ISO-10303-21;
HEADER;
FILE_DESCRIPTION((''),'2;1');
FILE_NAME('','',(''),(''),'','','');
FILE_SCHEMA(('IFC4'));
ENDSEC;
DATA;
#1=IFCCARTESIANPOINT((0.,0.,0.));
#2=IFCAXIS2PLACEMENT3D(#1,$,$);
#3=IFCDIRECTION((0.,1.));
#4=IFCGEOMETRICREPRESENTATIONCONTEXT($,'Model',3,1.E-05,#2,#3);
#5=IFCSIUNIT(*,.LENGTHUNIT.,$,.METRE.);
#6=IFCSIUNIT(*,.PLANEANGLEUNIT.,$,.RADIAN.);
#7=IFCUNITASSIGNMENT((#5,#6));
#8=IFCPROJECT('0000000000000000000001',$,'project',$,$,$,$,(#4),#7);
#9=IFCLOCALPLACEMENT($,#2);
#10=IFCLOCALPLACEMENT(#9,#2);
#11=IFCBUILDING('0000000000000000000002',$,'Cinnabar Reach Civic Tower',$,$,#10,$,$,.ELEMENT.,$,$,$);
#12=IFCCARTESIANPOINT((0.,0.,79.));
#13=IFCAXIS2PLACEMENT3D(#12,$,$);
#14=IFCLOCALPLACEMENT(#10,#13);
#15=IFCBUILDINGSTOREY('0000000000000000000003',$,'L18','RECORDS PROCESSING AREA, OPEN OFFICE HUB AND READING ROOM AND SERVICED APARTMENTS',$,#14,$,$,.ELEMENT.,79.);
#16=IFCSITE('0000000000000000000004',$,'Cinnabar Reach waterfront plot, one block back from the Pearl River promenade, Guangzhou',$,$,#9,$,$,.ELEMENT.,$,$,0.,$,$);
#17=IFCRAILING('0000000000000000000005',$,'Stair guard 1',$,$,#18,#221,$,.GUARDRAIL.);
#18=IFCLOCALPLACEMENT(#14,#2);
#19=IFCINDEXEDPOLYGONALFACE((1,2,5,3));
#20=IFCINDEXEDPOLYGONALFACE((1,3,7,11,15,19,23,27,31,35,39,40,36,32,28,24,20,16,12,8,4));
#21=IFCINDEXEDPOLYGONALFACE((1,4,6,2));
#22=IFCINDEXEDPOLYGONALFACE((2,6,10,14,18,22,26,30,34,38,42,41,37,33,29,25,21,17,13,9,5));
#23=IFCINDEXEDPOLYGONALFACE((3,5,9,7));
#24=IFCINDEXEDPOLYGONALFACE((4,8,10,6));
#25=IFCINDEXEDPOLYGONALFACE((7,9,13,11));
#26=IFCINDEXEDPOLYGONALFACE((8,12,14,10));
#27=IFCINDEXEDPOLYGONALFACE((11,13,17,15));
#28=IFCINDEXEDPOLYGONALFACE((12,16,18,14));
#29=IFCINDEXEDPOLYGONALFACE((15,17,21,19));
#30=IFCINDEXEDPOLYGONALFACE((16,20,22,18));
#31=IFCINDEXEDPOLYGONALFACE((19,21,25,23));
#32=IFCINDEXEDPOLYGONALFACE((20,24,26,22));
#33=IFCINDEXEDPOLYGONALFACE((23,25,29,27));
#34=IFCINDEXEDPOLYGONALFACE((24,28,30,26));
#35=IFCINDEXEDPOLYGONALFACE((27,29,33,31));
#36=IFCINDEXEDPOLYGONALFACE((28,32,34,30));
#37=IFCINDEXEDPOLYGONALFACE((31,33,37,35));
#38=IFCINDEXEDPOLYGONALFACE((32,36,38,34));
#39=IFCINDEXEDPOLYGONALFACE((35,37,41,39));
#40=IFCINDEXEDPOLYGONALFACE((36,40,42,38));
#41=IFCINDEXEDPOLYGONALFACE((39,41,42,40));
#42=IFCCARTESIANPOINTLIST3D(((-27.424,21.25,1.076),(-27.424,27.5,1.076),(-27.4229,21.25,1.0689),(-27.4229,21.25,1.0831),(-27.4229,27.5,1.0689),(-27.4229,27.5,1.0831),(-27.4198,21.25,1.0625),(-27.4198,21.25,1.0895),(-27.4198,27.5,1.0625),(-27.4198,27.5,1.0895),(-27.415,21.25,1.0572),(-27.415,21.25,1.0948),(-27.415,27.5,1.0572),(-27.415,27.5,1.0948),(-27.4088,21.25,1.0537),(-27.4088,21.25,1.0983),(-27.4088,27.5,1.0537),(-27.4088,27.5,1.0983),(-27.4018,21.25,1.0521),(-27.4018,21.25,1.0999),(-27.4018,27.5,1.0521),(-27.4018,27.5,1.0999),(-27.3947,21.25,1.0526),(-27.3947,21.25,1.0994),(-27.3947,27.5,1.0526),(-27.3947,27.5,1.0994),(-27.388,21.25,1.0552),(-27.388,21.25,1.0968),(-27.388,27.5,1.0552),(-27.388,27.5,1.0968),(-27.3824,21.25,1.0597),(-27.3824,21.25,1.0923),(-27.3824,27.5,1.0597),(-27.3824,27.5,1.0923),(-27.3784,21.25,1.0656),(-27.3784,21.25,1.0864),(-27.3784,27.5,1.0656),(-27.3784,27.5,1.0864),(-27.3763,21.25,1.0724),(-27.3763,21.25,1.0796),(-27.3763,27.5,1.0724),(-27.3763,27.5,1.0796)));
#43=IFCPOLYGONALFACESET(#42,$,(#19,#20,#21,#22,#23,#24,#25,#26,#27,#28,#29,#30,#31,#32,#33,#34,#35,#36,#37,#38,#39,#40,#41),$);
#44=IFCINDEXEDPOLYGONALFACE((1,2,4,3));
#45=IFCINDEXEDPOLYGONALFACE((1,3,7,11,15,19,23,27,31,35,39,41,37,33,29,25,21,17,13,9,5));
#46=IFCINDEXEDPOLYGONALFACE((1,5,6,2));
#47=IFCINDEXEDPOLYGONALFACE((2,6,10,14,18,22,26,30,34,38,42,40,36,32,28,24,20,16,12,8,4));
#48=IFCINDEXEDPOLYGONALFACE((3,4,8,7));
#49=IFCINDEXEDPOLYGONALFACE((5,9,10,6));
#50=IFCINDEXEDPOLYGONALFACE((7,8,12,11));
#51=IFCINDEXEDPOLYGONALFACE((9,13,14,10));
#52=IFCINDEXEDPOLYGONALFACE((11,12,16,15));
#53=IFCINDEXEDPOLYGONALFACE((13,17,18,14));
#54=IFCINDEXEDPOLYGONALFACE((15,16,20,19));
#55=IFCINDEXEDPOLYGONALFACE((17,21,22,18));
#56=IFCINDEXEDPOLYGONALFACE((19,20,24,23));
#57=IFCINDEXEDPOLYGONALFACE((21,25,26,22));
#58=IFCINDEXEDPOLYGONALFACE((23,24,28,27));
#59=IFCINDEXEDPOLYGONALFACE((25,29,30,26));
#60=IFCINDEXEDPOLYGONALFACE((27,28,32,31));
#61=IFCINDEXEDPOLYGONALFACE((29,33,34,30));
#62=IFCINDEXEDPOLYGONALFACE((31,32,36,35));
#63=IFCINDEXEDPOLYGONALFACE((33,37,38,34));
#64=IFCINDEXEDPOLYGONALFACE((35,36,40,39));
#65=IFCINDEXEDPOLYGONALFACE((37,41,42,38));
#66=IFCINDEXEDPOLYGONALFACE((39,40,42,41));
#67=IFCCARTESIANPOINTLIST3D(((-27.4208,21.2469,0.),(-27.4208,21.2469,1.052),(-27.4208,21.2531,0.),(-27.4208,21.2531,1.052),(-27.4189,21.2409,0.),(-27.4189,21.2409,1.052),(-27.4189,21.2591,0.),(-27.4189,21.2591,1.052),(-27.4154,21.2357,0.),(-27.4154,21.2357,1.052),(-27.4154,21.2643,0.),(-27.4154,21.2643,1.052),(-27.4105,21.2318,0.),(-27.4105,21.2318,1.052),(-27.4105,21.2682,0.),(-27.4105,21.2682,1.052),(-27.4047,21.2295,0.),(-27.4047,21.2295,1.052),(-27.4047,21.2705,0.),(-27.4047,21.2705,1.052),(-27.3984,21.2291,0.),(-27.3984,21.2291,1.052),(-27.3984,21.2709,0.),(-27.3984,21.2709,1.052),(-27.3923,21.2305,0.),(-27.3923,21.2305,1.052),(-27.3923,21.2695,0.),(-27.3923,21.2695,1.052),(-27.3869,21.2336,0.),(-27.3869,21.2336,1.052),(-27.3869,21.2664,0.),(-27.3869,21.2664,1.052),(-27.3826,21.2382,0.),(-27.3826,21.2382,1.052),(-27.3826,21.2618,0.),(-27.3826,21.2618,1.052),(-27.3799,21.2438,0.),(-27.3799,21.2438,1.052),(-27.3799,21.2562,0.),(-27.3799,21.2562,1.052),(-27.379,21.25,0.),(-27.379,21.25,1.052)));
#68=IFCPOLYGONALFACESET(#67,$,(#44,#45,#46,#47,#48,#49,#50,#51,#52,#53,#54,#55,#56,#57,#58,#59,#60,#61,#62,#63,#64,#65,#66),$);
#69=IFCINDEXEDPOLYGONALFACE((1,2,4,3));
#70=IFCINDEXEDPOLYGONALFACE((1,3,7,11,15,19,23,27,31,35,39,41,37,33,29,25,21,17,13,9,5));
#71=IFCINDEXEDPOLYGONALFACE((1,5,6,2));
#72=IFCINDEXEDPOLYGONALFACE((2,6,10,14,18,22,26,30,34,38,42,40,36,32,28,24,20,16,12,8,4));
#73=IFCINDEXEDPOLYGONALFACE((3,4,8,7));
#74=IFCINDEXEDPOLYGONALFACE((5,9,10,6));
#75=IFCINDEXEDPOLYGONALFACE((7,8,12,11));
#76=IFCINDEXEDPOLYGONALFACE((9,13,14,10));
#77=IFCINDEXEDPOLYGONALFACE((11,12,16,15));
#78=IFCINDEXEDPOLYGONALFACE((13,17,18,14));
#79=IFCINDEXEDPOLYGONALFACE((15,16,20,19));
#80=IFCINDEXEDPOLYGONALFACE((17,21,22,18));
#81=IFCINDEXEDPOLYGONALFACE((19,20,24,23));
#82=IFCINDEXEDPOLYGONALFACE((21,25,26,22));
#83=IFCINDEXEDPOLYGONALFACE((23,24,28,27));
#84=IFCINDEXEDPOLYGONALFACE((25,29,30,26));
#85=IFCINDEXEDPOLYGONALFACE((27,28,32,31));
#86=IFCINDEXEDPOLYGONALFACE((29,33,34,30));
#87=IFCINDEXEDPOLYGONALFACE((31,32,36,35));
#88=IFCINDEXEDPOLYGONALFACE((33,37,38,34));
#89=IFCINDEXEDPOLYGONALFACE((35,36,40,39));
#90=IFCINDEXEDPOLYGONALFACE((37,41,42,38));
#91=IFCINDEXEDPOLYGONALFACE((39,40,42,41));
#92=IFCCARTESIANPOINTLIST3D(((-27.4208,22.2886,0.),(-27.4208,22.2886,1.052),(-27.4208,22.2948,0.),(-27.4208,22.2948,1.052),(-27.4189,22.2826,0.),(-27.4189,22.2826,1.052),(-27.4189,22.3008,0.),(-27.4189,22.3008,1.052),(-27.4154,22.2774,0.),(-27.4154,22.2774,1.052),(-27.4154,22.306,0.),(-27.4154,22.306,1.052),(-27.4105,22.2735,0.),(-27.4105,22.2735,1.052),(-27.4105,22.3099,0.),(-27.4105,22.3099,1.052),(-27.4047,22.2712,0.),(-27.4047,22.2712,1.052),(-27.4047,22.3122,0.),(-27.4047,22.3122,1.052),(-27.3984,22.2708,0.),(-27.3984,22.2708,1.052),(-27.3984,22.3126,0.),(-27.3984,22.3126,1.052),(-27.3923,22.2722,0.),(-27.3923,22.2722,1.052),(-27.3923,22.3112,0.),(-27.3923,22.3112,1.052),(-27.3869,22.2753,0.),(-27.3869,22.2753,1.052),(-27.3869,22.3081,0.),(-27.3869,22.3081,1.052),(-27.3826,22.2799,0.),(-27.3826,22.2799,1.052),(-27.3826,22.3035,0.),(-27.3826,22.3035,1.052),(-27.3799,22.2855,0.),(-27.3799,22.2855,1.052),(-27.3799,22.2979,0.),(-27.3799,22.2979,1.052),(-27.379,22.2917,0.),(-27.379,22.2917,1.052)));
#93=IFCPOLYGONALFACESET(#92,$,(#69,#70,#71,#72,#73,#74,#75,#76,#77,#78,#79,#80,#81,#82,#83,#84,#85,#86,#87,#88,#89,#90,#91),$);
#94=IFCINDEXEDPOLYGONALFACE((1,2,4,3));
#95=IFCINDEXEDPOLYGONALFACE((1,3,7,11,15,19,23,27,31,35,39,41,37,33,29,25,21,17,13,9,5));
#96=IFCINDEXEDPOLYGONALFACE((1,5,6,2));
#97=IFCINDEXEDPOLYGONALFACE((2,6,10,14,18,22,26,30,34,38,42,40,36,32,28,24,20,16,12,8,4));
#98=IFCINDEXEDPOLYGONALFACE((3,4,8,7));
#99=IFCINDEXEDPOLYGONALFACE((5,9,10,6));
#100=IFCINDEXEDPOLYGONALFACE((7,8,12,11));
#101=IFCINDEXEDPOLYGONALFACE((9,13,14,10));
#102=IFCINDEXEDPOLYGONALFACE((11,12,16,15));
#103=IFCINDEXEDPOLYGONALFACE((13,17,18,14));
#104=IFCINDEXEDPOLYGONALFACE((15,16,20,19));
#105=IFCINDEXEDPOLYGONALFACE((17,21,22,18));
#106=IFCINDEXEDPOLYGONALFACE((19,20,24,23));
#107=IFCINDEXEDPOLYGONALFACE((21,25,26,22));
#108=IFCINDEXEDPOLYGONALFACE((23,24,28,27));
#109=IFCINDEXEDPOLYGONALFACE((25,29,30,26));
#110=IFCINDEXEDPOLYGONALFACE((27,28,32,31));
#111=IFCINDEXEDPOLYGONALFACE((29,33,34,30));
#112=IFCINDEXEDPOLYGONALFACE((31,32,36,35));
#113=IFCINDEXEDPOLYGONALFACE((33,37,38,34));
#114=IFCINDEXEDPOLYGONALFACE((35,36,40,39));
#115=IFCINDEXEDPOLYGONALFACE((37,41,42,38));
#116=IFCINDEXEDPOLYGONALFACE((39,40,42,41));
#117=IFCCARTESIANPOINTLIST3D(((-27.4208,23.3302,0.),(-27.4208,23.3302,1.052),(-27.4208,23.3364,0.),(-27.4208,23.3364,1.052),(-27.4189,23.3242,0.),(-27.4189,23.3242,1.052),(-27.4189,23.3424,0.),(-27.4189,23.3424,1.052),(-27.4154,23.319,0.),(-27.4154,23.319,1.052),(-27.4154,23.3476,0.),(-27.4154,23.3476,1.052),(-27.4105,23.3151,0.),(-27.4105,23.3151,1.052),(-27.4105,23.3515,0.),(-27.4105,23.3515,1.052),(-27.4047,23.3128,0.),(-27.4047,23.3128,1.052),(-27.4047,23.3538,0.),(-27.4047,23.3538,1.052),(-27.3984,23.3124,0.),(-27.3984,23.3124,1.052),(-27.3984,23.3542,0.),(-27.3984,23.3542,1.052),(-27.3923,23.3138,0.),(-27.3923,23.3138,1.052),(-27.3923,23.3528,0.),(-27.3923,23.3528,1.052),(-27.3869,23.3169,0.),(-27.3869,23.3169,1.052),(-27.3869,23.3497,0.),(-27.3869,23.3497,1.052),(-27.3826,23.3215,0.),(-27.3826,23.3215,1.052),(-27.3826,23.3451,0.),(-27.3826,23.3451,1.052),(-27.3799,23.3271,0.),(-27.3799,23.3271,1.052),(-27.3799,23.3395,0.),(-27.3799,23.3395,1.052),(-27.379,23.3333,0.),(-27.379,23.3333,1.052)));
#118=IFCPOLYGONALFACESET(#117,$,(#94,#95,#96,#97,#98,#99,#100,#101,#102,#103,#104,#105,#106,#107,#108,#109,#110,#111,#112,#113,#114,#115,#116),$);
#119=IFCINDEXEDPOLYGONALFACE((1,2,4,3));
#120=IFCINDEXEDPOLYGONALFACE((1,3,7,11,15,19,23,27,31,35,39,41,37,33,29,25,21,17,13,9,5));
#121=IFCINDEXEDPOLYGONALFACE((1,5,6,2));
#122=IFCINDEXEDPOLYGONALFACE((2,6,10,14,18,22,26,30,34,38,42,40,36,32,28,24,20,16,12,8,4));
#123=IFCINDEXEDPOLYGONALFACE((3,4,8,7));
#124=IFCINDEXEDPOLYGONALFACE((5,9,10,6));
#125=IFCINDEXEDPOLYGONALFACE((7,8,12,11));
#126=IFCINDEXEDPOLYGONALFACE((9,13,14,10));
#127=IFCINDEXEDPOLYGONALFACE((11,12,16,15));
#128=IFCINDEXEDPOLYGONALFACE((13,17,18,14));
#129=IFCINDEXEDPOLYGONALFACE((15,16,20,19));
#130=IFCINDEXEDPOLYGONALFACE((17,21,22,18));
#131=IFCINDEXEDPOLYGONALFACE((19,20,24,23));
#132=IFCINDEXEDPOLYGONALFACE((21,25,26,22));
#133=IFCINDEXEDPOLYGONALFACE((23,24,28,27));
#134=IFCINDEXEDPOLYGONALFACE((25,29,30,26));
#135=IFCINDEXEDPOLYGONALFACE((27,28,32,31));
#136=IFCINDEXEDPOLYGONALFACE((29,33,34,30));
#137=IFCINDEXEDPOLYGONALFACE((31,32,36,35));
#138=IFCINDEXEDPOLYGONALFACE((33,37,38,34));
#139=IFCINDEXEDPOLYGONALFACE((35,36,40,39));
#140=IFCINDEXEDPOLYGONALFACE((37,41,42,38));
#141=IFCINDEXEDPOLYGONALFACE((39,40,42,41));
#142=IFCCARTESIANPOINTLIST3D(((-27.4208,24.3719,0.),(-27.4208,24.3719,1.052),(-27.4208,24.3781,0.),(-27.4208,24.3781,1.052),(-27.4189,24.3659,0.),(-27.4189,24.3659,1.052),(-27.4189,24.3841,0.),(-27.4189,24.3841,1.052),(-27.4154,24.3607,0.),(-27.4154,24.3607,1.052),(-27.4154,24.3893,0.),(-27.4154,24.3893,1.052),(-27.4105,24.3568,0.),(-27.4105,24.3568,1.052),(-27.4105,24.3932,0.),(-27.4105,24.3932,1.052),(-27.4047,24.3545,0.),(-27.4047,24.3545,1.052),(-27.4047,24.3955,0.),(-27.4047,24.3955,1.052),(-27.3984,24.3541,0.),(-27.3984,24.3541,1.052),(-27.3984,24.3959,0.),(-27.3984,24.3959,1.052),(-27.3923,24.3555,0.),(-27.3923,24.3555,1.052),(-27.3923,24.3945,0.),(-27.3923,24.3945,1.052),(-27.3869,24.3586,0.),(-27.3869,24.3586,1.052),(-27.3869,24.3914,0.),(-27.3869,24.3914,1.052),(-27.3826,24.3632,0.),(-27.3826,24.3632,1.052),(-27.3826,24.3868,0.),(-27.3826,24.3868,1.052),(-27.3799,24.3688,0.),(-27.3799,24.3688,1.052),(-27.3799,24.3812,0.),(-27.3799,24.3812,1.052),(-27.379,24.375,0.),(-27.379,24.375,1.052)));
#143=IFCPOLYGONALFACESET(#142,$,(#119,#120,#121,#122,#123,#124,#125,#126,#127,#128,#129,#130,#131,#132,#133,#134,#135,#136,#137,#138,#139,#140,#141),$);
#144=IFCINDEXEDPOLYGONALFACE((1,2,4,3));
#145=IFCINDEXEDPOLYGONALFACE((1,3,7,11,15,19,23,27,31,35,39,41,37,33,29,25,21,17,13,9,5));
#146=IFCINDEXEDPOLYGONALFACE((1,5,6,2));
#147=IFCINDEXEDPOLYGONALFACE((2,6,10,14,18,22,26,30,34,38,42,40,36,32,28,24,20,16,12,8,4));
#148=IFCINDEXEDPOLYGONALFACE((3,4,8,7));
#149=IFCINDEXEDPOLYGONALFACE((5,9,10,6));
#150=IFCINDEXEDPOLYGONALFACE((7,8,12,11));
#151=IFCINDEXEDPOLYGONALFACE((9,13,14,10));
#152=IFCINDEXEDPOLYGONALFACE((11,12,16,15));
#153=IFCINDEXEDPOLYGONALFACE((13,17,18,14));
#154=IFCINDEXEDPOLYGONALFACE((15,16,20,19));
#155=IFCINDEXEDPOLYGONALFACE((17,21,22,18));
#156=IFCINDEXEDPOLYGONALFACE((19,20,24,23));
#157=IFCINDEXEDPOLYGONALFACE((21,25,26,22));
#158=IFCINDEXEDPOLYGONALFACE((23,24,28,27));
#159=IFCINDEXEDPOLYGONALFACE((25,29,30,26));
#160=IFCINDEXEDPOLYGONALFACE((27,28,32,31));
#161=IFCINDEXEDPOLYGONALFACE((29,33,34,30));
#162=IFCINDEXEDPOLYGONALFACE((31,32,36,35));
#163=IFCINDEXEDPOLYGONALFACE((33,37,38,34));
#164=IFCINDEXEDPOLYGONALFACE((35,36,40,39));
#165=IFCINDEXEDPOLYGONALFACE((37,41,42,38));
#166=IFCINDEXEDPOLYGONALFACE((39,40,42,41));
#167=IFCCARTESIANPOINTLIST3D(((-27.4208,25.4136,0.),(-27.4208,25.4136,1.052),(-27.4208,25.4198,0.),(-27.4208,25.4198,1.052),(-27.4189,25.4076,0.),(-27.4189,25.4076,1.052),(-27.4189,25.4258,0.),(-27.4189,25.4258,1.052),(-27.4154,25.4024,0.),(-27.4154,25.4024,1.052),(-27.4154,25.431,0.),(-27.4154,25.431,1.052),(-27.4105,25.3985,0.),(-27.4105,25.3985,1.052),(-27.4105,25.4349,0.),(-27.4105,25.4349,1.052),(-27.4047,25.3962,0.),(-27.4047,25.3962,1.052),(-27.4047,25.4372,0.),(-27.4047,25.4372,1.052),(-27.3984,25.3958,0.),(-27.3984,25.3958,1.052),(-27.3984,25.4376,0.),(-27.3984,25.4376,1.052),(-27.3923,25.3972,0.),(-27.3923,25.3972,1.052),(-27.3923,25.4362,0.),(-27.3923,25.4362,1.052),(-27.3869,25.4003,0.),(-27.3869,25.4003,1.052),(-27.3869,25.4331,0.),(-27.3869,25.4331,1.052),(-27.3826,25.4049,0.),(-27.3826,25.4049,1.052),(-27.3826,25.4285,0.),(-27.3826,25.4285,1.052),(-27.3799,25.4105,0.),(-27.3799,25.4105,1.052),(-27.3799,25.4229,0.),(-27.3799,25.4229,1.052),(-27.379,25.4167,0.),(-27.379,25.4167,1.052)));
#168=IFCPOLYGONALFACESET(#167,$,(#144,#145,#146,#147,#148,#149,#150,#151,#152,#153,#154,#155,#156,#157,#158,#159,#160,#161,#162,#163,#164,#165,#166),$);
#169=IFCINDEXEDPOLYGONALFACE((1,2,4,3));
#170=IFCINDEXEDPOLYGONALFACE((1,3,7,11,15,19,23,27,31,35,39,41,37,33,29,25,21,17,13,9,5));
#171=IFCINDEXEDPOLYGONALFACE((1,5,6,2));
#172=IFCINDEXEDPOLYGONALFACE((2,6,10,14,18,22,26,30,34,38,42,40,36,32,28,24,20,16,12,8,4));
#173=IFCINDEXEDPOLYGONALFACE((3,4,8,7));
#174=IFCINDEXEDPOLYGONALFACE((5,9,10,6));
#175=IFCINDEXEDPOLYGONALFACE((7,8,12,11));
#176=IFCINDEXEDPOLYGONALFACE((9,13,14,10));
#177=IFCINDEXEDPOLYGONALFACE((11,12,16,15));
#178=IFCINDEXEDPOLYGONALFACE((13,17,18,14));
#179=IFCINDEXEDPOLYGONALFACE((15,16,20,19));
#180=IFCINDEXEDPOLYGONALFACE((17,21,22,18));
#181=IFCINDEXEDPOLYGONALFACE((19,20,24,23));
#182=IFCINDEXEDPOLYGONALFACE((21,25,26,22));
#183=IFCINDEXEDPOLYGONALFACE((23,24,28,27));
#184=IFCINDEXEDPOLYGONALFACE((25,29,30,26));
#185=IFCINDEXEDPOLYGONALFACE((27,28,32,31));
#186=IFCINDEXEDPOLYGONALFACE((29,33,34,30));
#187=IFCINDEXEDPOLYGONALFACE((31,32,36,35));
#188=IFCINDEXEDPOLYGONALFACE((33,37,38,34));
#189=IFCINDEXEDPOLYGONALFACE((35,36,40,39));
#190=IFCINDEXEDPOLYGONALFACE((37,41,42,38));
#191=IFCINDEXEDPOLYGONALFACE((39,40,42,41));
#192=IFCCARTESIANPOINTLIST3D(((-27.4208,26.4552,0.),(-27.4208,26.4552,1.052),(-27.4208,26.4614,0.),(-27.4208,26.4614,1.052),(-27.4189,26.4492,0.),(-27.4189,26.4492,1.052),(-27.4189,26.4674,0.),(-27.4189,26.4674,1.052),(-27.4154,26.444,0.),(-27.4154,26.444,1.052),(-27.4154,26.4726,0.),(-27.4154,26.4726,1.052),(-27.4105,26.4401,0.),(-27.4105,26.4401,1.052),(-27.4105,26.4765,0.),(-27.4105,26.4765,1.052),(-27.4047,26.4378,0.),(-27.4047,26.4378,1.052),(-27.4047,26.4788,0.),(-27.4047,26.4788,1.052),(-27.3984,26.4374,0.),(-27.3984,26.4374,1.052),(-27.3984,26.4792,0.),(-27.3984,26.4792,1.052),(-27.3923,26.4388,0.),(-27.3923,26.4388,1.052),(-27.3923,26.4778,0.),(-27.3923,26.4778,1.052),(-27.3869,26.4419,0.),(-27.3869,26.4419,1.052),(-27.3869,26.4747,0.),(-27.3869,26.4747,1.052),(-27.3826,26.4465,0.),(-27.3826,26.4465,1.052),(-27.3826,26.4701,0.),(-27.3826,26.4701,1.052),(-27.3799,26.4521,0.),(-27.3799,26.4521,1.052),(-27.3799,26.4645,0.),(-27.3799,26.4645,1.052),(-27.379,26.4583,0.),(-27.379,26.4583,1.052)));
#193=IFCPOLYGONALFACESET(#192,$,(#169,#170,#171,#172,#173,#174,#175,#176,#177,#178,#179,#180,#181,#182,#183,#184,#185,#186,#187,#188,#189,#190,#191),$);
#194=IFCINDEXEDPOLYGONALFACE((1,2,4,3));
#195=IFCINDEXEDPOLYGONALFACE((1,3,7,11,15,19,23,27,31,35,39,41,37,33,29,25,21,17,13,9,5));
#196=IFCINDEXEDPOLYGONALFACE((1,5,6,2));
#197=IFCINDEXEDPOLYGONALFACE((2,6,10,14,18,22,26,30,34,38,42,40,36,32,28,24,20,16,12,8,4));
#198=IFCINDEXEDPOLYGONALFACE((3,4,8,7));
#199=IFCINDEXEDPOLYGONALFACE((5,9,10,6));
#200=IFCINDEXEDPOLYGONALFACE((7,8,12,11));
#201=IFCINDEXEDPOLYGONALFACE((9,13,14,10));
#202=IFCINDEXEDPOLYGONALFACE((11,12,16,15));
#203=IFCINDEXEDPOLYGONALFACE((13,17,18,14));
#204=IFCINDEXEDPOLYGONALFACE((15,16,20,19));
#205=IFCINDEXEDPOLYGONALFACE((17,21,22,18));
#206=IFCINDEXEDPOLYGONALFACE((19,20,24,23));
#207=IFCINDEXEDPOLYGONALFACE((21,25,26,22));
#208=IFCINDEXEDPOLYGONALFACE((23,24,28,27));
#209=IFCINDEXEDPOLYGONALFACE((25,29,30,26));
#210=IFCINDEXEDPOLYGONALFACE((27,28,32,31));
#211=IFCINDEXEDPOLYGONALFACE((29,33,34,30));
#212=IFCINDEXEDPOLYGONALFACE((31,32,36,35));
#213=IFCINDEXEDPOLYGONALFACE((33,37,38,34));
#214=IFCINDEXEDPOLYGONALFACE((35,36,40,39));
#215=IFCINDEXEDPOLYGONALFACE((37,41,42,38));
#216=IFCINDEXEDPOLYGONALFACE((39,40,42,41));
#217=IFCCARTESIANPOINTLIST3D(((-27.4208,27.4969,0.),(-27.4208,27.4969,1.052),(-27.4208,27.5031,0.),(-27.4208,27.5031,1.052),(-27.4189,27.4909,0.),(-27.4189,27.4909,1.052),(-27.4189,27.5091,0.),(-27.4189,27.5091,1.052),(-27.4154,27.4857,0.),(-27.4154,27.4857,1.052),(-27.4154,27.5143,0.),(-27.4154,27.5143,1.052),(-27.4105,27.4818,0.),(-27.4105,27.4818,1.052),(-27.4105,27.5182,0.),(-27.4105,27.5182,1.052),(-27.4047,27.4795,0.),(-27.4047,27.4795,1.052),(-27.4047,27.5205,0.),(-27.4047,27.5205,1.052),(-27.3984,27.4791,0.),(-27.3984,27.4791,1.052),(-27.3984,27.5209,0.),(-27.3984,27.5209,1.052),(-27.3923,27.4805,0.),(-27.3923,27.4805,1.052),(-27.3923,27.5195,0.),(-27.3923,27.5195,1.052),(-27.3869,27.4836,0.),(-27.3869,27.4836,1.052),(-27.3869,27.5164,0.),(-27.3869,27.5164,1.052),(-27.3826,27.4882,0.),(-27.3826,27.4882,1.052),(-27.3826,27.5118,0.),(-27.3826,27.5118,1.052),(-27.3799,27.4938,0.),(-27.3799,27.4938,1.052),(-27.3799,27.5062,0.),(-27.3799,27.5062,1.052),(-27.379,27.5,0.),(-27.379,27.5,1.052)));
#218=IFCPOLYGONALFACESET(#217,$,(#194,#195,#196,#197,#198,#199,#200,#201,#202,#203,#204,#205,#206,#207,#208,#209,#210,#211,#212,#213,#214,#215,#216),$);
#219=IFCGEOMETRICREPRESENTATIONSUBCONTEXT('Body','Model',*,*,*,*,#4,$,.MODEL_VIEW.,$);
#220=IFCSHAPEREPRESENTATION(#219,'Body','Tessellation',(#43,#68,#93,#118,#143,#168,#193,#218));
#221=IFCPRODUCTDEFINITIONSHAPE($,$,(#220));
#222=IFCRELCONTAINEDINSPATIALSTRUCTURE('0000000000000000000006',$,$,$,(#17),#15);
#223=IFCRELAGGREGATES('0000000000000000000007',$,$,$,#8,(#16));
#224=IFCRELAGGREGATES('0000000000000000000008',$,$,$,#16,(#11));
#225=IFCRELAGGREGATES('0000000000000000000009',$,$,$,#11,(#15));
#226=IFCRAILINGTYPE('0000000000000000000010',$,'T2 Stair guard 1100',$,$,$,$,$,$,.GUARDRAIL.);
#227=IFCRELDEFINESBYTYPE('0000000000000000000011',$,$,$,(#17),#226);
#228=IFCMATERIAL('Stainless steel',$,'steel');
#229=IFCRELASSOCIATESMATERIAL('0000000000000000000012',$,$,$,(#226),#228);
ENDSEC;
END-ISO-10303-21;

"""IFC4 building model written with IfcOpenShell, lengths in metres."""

from ifc_helpers import new_model, si_unit, direction, frame, origin, origin_2d, place, context, subcontext, project, spatial, circle, extrude, material, type_object, element, save


model = new_model("IFC4")

# Units and contexts
model_context = context("Model", 3, precision=1e-05, world=origin(), true_north=direction((0.0, 1.0)))
body_context = subcontext(model_context, "Body", "Model", "MODEL_VIEW")
ifc_project = project(units=[si_unit("LENGTHUNIT", "METRE"), si_unit("PLANEANGLEUNIT", "RADIAN")], contexts=[model_context])

# Site, building, storey
site_placement = place(None, origin())
site = spatial("IfcSite", under=ifc_project, at=site_placement, Name="Cinnabar Reach waterfront plot, one block back from the Pearl River promenade, Guangzhou", CompositionType="ELEMENT", RefElevation=0.0)
building_placement = place(site_placement, origin())
building = spatial("IfcBuilding", under=site, at=building_placement, Name="Cinnabar Reach Civic Tower", CompositionType="ELEMENT")
storey_placement = place(building_placement, frame((0.0, 0.0, 79.0)))
storey = spatial("IfcBuildingStorey", under=building, at=storey_placement, Name="L18", Description="RECORDS PROCESSING AREA, OPEN OFFICE HUB AND READING ROOM AND SERVICED APARTMENTS", CompositionType="ELEMENT", Elevation=79.0)

# Railing
ifc_material_1 = material(Name="Stainless steel", Category="steel")
railing_type = type_object("IfcRailingType", Name="T2 Stair guard 1100", PredefinedType="GUARDRAIL", material=ifc_material_1)
for number, where, name in (
    (1, (-27.4, 21.25, 0.0), "Stair guard 1"),
):
    element("IfcRailing", number, at=place(storey_placement, frame(where)), inside=storey, type_object=railing_type, Name=name, PredefinedType="GUARDRAIL", context=body_context, shape_type="SweptSolid", body=[
        extrude(circle(Radius=0.024, at=origin_2d()), frame((0.0, 0.0, 1.076), z_axis=(0.0, 1.0, 0.0), x_axis=(-1.0, 0.0, 0.0)), (0.0, 0.0, 1.0), 6.25),
        extrude(circle(Radius=0.021, at=origin_2d()), origin(), (0.0, 0.0, 1.0), 1.052),
        extrude(circle(Radius=0.021, at=origin_2d()), frame((0.0, 1.0417, 0.0)), (0.0, 0.0, 1.0), 1.052),
        extrude(circle(Radius=0.021, at=origin_2d()), frame((0.0, 2.0833, 0.0)), (0.0, 0.0, 1.0), 1.052),
        extrude(circle(Radius=0.021, at=origin_2d()), frame((0.0, 3.125, 0.0)), (0.0, 0.0, 1.0), 1.052),
        extrude(circle(Radius=0.021, at=origin_2d()), frame((0.0, 4.1667, 0.0)), (0.0, 0.0, 1.0), 1.052),
        extrude(circle(Radius=0.021, at=origin_2d()), frame((0.0, 5.2083, 0.0)), (0.0, 0.0, 1.0), 1.052),
        extrude(circle(Radius=0.021, at=origin_2d()), frame((0.0, 6.25, 0.0)), (0.0, 0.0, 1.0), 1.052),
    ])

save(model, "model.ifc")
